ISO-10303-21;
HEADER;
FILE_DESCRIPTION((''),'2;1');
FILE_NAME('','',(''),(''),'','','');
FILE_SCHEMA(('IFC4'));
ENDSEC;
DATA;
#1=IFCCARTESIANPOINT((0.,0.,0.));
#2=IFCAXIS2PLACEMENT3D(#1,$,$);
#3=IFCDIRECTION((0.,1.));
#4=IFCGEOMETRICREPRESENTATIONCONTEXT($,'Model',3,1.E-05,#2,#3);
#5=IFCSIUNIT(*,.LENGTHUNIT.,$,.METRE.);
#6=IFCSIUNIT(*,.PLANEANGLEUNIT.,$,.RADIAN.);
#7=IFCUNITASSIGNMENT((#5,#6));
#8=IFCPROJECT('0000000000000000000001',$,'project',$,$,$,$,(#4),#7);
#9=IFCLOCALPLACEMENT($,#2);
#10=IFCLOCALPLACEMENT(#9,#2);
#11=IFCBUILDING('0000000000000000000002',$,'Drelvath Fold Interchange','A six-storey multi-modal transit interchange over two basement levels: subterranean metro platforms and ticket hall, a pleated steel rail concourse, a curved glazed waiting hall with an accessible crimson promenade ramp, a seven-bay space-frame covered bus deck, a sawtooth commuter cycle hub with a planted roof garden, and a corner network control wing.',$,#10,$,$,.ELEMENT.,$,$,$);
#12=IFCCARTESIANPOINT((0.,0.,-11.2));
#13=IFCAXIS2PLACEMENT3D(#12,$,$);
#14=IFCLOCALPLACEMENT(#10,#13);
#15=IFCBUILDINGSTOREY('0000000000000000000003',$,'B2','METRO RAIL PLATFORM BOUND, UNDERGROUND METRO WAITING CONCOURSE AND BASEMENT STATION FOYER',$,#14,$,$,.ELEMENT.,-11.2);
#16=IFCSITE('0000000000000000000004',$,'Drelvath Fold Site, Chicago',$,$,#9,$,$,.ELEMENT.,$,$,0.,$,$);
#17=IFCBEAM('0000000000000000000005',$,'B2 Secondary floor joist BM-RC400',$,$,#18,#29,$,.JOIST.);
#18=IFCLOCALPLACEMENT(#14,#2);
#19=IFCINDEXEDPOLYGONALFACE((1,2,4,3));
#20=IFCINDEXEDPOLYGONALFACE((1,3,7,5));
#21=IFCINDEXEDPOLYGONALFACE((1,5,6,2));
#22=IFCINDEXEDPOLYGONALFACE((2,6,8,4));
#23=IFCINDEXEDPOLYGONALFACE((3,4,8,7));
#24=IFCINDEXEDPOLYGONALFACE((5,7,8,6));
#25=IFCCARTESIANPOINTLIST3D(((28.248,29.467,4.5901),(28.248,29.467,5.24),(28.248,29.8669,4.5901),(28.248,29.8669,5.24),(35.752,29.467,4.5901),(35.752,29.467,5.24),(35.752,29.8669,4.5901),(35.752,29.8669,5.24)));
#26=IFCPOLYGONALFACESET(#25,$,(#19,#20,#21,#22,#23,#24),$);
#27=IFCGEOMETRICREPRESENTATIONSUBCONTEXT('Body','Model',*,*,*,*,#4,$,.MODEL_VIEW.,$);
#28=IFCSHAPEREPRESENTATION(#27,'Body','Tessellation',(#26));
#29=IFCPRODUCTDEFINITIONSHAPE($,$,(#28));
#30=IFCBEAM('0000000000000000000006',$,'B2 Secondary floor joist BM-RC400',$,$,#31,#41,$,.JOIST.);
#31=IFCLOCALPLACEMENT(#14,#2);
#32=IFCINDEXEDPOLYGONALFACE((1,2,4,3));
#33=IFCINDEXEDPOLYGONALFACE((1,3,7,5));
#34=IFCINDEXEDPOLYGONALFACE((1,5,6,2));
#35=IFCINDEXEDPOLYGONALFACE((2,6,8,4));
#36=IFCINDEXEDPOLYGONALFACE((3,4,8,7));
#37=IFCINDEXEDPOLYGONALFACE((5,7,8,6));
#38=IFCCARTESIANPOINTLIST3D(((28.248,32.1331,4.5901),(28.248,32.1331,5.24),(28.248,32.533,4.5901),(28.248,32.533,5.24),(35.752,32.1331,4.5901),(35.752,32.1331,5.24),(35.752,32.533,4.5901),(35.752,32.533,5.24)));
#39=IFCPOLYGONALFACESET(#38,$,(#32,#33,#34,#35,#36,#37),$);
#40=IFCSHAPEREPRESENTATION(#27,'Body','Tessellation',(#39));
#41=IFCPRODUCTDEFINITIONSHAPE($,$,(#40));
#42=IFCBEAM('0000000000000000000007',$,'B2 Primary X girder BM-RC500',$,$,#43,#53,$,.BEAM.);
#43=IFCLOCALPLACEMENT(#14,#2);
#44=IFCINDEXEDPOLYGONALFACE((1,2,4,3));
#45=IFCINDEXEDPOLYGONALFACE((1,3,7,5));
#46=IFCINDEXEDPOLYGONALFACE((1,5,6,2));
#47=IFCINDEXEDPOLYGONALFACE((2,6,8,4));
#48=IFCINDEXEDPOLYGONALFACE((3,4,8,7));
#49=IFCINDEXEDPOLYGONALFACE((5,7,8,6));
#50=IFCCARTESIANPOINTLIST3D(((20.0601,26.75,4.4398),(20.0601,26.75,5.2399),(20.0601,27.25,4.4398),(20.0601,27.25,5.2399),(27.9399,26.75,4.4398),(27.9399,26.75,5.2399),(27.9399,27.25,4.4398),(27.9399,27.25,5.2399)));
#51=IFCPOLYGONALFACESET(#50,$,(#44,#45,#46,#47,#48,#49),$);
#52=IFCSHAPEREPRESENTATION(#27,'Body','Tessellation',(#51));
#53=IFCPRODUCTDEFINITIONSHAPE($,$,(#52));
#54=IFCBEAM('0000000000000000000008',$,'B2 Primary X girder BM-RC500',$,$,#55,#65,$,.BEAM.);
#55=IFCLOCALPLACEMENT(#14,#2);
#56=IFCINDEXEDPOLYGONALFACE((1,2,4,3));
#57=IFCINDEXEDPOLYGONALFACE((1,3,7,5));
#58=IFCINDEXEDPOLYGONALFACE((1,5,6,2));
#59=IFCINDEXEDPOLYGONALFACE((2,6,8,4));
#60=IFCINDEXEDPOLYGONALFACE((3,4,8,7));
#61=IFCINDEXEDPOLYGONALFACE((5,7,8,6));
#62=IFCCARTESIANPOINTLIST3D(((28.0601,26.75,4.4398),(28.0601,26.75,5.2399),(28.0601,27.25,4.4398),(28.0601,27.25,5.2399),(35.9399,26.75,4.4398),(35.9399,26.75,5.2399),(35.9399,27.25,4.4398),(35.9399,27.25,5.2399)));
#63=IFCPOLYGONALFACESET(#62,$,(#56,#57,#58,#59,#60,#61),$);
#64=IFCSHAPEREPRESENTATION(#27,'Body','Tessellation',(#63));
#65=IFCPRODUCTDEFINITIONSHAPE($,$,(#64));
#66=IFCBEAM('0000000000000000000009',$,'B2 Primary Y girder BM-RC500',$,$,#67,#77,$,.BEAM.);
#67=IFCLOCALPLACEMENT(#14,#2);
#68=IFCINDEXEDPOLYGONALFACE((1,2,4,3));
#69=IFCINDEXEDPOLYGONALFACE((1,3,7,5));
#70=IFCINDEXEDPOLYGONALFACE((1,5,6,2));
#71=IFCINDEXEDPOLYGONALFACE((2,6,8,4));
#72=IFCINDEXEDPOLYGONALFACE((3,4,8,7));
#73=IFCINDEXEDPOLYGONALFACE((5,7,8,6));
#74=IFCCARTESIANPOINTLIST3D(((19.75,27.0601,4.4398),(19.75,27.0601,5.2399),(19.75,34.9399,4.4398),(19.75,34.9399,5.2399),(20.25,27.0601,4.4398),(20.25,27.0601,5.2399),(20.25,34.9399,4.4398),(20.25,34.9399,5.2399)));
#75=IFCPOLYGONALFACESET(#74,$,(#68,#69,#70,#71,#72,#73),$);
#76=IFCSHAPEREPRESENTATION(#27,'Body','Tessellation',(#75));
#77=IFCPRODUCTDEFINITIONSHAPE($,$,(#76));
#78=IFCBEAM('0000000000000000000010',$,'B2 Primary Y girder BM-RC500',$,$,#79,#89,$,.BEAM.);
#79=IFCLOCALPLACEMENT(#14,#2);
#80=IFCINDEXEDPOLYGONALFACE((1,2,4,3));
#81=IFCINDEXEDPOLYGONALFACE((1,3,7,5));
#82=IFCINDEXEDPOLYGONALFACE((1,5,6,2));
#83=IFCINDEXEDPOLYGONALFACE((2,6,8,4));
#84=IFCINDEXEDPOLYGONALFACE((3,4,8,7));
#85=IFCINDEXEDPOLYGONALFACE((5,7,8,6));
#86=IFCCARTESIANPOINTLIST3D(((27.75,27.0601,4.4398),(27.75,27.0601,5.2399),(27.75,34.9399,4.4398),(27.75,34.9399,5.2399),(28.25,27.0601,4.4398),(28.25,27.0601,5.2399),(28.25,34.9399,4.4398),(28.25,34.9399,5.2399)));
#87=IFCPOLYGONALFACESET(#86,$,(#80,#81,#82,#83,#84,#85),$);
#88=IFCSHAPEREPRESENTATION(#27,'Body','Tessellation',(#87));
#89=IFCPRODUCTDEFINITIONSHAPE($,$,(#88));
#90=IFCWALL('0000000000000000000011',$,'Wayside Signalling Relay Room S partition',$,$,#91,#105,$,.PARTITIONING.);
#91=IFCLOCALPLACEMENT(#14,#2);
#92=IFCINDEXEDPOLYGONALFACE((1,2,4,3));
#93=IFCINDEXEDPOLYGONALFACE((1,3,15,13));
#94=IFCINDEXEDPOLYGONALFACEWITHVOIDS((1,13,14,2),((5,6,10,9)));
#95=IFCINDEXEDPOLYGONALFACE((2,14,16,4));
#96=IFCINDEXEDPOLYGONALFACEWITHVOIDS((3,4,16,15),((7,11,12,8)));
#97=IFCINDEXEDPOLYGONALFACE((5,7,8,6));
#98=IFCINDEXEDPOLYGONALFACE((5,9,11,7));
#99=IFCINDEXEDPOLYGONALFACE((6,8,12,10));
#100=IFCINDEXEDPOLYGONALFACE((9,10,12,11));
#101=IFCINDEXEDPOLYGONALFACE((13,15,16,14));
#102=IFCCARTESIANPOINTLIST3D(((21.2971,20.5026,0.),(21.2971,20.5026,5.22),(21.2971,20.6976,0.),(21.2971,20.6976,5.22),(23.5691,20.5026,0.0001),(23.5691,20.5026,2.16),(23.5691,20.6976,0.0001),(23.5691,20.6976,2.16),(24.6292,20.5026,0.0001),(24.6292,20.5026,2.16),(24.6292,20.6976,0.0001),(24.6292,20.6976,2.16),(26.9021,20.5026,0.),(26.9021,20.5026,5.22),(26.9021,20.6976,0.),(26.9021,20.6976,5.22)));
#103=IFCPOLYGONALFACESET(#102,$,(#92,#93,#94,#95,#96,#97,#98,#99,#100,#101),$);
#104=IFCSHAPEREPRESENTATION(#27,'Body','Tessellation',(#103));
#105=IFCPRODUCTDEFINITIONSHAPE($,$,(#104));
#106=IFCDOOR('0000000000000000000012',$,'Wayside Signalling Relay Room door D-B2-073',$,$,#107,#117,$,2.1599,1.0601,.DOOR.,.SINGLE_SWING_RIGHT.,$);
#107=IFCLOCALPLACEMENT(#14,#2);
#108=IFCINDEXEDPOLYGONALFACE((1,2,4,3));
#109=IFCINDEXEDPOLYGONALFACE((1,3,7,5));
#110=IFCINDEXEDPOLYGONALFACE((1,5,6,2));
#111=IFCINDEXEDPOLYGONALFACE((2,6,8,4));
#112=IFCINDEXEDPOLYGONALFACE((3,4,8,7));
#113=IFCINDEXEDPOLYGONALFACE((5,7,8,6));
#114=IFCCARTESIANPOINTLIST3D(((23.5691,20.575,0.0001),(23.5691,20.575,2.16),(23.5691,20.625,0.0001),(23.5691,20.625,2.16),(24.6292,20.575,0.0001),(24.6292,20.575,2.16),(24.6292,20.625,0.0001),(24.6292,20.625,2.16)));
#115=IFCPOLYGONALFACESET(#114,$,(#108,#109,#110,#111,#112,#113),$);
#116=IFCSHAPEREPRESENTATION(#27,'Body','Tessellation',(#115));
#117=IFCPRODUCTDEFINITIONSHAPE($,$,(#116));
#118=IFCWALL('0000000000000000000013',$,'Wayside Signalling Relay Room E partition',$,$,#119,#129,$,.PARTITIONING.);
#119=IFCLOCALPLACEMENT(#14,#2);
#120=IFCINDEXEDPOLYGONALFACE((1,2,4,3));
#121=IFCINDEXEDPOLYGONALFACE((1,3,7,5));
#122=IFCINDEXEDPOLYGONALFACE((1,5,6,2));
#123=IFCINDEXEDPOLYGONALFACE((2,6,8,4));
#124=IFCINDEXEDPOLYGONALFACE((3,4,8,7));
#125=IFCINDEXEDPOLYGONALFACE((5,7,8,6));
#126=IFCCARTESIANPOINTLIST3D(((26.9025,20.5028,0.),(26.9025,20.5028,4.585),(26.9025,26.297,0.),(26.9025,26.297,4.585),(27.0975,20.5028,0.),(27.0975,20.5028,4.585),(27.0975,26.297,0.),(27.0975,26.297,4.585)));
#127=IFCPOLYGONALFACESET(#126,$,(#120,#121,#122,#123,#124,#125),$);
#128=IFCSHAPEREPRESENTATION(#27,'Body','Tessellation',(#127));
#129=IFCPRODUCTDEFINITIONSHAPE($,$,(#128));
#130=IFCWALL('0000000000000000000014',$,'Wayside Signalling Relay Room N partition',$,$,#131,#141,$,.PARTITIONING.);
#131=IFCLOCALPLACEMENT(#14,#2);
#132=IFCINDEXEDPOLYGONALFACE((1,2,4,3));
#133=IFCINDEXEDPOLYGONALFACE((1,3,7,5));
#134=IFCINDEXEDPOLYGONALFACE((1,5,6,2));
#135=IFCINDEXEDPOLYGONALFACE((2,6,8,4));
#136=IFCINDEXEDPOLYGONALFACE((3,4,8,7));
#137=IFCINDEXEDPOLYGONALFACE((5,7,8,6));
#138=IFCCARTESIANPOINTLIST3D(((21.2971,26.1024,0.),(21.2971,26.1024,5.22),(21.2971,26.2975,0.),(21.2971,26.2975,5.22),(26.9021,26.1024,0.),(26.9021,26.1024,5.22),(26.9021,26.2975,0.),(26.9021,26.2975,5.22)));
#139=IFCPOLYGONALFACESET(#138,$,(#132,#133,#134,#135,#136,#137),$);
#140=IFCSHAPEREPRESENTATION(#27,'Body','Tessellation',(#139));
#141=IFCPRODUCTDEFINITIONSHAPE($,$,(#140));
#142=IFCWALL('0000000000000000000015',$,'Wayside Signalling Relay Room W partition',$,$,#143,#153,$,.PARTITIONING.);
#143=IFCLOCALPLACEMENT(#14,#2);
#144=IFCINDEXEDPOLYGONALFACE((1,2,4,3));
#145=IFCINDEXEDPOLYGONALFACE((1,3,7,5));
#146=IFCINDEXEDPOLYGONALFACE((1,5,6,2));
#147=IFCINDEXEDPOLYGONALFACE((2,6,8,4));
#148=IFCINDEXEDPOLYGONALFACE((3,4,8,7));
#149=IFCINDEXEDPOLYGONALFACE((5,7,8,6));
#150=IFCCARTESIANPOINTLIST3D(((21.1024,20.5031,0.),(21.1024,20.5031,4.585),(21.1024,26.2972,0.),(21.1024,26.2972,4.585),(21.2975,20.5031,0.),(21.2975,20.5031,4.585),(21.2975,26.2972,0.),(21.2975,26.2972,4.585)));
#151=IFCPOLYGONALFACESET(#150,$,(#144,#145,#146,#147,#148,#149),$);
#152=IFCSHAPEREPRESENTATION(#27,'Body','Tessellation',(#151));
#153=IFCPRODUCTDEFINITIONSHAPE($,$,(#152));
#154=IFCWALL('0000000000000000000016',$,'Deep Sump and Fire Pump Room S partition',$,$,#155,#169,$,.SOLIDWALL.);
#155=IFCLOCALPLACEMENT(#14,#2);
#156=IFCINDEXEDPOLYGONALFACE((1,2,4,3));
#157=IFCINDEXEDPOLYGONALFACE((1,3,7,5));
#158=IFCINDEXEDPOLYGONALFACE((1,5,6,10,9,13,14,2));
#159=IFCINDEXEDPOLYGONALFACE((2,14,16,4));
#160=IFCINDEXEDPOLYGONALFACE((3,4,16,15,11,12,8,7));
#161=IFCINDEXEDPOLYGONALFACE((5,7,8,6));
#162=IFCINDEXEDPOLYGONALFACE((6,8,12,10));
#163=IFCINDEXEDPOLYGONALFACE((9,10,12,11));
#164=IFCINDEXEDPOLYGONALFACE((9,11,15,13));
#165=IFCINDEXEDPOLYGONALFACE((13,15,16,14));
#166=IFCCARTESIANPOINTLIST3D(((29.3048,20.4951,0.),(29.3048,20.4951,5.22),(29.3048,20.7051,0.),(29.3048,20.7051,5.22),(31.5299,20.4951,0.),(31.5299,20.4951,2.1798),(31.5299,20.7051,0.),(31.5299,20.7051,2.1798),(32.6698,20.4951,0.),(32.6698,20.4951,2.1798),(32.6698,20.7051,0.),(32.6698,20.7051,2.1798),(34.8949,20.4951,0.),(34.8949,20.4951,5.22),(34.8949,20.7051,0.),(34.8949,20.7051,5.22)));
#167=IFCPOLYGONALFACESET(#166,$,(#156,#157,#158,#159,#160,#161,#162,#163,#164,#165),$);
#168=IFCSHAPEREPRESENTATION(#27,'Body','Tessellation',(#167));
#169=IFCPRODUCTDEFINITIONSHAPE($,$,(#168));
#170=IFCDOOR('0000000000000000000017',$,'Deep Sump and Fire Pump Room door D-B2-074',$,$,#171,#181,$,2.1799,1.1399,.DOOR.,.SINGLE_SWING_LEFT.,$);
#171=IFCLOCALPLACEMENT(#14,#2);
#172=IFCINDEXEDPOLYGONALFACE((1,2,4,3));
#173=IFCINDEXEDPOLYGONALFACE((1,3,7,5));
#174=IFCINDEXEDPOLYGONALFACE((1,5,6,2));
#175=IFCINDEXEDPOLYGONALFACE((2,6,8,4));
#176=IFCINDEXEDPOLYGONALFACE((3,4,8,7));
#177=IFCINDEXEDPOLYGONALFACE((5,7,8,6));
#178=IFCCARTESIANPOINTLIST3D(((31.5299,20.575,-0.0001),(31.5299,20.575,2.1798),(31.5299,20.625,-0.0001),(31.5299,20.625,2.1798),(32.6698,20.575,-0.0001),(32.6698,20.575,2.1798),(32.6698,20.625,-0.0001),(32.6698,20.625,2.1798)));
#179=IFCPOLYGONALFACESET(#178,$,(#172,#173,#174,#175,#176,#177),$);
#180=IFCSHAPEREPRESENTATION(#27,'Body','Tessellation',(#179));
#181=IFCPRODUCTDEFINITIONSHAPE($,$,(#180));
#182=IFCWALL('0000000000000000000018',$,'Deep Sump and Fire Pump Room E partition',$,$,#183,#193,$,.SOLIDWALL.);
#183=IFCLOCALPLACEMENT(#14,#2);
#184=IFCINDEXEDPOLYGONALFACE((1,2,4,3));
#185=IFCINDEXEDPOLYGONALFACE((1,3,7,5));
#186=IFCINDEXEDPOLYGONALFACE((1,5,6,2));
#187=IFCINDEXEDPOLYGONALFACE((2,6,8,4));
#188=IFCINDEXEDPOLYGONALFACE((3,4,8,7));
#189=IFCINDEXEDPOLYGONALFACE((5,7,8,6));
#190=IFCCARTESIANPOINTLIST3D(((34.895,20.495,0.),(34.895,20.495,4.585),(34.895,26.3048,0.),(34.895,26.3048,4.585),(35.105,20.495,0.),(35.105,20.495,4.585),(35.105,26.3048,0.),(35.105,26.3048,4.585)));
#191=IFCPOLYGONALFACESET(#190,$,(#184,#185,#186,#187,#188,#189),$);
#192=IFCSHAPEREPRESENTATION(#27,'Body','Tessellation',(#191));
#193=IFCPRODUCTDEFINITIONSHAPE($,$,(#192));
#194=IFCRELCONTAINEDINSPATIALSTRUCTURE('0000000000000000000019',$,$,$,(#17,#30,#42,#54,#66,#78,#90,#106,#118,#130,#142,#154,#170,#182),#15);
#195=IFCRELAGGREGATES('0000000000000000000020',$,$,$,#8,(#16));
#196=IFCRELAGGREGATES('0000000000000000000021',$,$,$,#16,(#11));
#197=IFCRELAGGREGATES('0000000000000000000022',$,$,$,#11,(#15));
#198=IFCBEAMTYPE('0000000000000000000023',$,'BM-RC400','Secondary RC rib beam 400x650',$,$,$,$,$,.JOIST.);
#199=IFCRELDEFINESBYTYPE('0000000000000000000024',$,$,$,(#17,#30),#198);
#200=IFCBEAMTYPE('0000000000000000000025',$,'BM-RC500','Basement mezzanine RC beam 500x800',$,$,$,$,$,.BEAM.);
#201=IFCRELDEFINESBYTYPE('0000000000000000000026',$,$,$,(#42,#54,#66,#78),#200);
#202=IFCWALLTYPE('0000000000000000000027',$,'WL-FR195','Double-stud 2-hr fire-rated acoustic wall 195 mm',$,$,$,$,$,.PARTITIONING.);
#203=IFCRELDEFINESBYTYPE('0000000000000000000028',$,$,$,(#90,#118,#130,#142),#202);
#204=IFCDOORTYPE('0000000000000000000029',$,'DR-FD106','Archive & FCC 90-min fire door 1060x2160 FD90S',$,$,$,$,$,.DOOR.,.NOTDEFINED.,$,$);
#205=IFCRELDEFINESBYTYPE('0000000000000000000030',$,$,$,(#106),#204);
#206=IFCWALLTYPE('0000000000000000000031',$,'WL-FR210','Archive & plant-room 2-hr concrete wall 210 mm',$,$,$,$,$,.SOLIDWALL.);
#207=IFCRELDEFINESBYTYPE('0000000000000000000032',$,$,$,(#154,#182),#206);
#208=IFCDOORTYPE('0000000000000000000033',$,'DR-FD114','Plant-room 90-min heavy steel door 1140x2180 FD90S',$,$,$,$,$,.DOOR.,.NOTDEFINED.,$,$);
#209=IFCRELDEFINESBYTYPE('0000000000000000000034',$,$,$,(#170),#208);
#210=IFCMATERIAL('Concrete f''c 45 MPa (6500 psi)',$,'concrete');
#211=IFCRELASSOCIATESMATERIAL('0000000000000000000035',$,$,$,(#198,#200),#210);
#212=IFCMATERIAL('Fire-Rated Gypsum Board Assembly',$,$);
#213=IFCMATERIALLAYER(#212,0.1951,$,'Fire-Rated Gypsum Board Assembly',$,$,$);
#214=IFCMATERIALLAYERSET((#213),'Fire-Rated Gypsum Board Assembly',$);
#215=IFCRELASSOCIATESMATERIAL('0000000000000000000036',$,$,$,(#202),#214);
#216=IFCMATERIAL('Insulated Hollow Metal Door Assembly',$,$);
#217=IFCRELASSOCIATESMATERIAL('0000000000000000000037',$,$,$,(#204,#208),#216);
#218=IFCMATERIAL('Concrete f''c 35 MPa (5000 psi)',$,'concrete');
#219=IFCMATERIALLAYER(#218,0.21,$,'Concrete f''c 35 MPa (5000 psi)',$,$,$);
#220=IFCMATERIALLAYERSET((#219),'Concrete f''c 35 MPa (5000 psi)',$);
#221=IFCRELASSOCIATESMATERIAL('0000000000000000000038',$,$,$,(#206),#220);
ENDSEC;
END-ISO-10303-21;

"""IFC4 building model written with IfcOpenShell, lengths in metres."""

from ifc_helpers import new_model, si_unit, direction, frame, frame_2d, origin, origin_2d, place, context, subcontext, project, spatial, rectangle, extrude, material, layer, layer_set, material_profile, profile_set, type_object, element, fill, save


model = new_model("IFC4")

# Units and contexts
model_context = context("Model", 3, precision=1e-05, world=origin(), true_north=direction((0.0, 1.0)))
body_context = subcontext(model_context, "Body", "Model", "MODEL_VIEW")
ifc_project = project(units=[si_unit("LENGTHUNIT", "METRE"), si_unit("PLANEANGLEUNIT", "RADIAN")], contexts=[model_context])

# Site, building, storey
site_placement = place(None, origin())
site = spatial("IfcSite", under=ifc_project, at=site_placement, Name="Drelvath Fold Site, Chicago", CompositionType="ELEMENT", RefElevation=0.0)
building_placement = place(site_placement, origin())
building = spatial("IfcBuilding", under=site, at=building_placement, Name="Drelvath Fold Interchange", Description="A six-storey multi-modal transit interchange over two basement levels: subterranean metro platforms and ticket hall, a pleated steel rail concourse, a curved glazed waiting hall with an accessible crimson promenade ramp, a seven-bay space-frame covered bus deck, a sawtooth commuter cycle hub with a planted roof garden, and a corner network control wing.", CompositionType="ELEMENT")
storey_placement = place(building_placement, frame((0.0, 0.0, -11.2)))
storey = spatial("IfcBuildingStorey", under=building, at=storey_placement, Name="B2", Description="METRO RAIL PLATFORM BOUND, UNDERGROUND METRO WAITING CONCOURSE AND BASEMENT STATION FOYER", CompositionType="ELEMENT", Elevation=-11.2)

# Beams
ifc_material_1 = material(Name="Concrete f'c 45 MPa (6500 psi)", Category="concrete")
ifc_material_profile_1 = material_profile(ifc_material_1, rectangle(XDim=0.3999, YDim=0.6499, at=origin_2d()), Name="RC 400x650")
ifc_profile_set_1 = profile_set([ifc_material_profile_1], Name="Concrete f'c 45 MPa (6500 psi)")
beam_type_1 = type_object("IfcBeamType", Name="BM-RC400", Description="Secondary RC rib beam 400x650", PredefinedType="JOIST", material=ifc_profile_set_1)
for number, where, z_axis, x_axis, name in (
    (1, (28.248, 29.667, 4.915), (1.0, 0.0, 0.0), (0.0, 1.0, 0.0), "B2 Secondary floor joist BM-RC400"),
    (2, (28.248, 32.333, 4.915), (1.0, 0.0, 0.0), (0.0, 1.0, 0.0), "B2 Secondary floor joist BM-RC400"),
):
    element("IfcBeam", number, at=place(storey_placement, frame(where, z_axis=z_axis, x_axis=x_axis)), inside=storey, type_object=beam_type_1, Name=name, PredefinedType="JOIST", context=body_context, shape_type="SweptSolid", body=[
        extrude(rectangle(XDim=0.3999, YDim=0.6499, at=origin_2d()), origin(), (0.0, 0.0, 1.0), 7.5039),
    ])
ifc_material_profile_2 = material_profile(ifc_material_1, rectangle(XDim=0.5, YDim=0.8, at=origin_2d()), Name="RC 500x800")
ifc_profile_set_2 = profile_set([ifc_material_profile_2], Name="Concrete f'c 45 MPa (6500 psi)")
beam_type_2 = type_object("IfcBeamType", Name="BM-RC500", Description="Basement mezzanine RC beam 500x800", PredefinedType="BEAM", material=ifc_profile_set_2)
for number, where, z_axis, x_axis, name in (
    (3, (20.0601, 27.0, 4.8398), (1.0, 0.0, 0.0), (0.0, 1.0, 0.0), "B2 Primary X girder BM-RC500"),
    (4, (28.0601, 27.0, 4.8398), (1.0, 0.0, 0.0), (0.0, 1.0, 0.0), "B2 Primary X girder BM-RC500"),
    (5, (20.0, 27.0601, 4.8398), (0.0, 1.0, 0.0), (-1.0, 0.0, 0.0), "B2 Primary Y girder BM-RC500"),
    (6, (28.0, 27.0601, 4.8398), (0.0, 1.0, 0.0), (-1.0, 0.0, 0.0), "B2 Primary Y girder BM-RC500"),
):
    element("IfcBeam", number, at=place(storey_placement, frame(where, z_axis=z_axis, x_axis=x_axis)), inside=storey, type_object=beam_type_2, Name=name, PredefinedType="BEAM", context=body_context, shape_type="SweptSolid", body=[
        extrude(rectangle(XDim=0.5, YDim=0.8, at=origin_2d()), origin(), (0.0, 0.0, 1.0), 7.8799),
    ])

# Wall, opening, door
ifc_material_2 = material(Name="Fire-Rated Gypsum Board Assembly")
ifc_layer_1 = layer(ifc_material_2, 0.1951, Name="Fire-Rated Gypsum Board Assembly")
ifc_layer_set_1 = layer_set([ifc_layer_1], Name="Fire-Rated Gypsum Board Assembly")
wall_type_1 = type_object("IfcWallType", Name="WL-FR195", Description="Double-stud 2-hr fire-rated acoustic wall 195 mm", PredefinedType="PARTITIONING", material=ifc_layer_set_1)
wall_1_placement = place(storey_placement, frame((21.2971, 20.6001, 0.0), z_axis=(0.0, 0.0, 1.0), x_axis=(1.0, 0.0, 0.0)))
wall_1 = element("IfcWall", 7, at=wall_1_placement, inside=storey, type_object=wall_type_1, Name="Wayside Signalling Relay Room S partition", PredefinedType="PARTITIONING", context=body_context, shape_type="SweptSolid", body=[
    extrude(rectangle(XDim=5.605, YDim=0.1951, at=frame_2d((2.8025, 0.0))), origin(), (0.0, 0.0, 1.0), 5.22),
])
opening_1_placement = place(wall_1_placement, frame((2.272, 0.0, 0.0)))
opening_1 = element("IfcOpeningElement", 8, at=opening_1_placement, cuts=wall_1, PredefinedType="OPENING", context=body_context, shape_type="SweptSolid", body=[
    extrude(rectangle(XDim=1.0601, YDim=2.1599, at=frame_2d((0.53, 1.0801))), frame((0.0, 0.1074, 0.0), z_axis=(0.0, -1.0, 0.0), x_axis=(1.0, 0.0, 0.0)), (0.0, 0.0, 1.0), 0.2151),
])
ifc_material_3 = material(Name="Insulated Hollow Metal Door Assembly")
door_type_1 = type_object("IfcDoorType", Name="DR-FD106", Description="Archive & FCC 90-min fire door 1060x2160 FD90S", OperationType="NOTDEFINED", PredefinedType="DOOR", material=ifc_material_3)
door_1_placement = place(opening_1_placement, origin())
door_1 = element("IfcDoor", 9, at=door_1_placement, inside=storey, type_object=door_type_1, Name="Wayside Signalling Relay Room door D-B2-073", OperationType="SINGLE_SWING_RIGHT", OverallHeight=2.1599, OverallWidth=1.0601, PredefinedType="DOOR", context=body_context, shape_type="SweptSolid", body=[
    extrude(rectangle(XDim=1.0601, YDim=2.1599, at=frame_2d((0.53, 1.0801))), frame((0.0, 0.0249, 0.0), z_axis=(0.0, -1.0, 0.0), x_axis=(1.0, 0.0, 0.0)), (0.0, 0.0, 1.0), 0.05),
])
fill(opening_1, door_1)

# Walls
wall_2_placement = place(storey_placement, frame((27.0, 20.5029, 0.0), z_axis=(0.0, 0.0, 1.0), x_axis=(0.0, 1.0, 0.0)))
element("IfcWall", 10, at=wall_2_placement, inside=storey, type_object=wall_type_1, Name="Wayside Signalling Relay Room E partition", PredefinedType="PARTITIONING", context=body_context, shape_type="SweptSolid", body=[
    extrude(rectangle(XDim=5.7942, YDim=0.1951, at=frame_2d((2.897, 0.0))), origin(), (0.0, 0.0, 1.0), 4.585),
])
wall_3_placement = place(storey_placement, frame((26.9021, 26.2, 0.0), z_axis=(0.0, 0.0, 1.0), x_axis=(-1.0, 0.0, 0.0)))
element("IfcWall", 11, at=wall_3_placement, inside=storey, type_object=wall_type_1, Name="Wayside Signalling Relay Room N partition", PredefinedType="PARTITIONING", context=body_context, shape_type="SweptSolid", body=[
    extrude(rectangle(XDim=5.605, YDim=0.1951, at=frame_2d((2.8025, 0.0))), origin(), (0.0, 0.0, 1.0), 5.22),
])
wall_4_placement = place(storey_placement, frame((21.2, 26.2971, 0.0), z_axis=(0.0, 0.0, 1.0), x_axis=(0.0, -1.0, 0.0)))
element("IfcWall", 12, at=wall_4_placement, inside=storey, type_object=wall_type_1, Name="Wayside Signalling Relay Room W partition", PredefinedType="PARTITIONING", context=body_context, shape_type="SweptSolid", body=[
    extrude(rectangle(XDim=5.7942, YDim=0.1951, at=frame_2d((2.897, 0.0))), origin(), (0.0, 0.0, 1.0), 4.585),
])

# Wall, opening, door
ifc_material_4 = material(Name="Concrete f'c 35 MPa (5000 psi)", Category="concrete")
ifc_layer_2 = layer(ifc_material_4, 0.21, Name="Concrete f'c 35 MPa (5000 psi)")
ifc_layer_set_2 = layer_set([ifc_layer_2], Name="Concrete f'c 35 MPa (5000 psi)")
wall_type_2 = type_object("IfcWallType", Name="WL-FR210", Description="Archive & plant-room 2-hr concrete wall 210 mm", PredefinedType="SOLIDWALL", material=ifc_layer_set_2)
wall_5_placement = place(storey_placement, frame((29.3049, 20.6001, 0.0), z_axis=(0.0, 0.0, 1.0), x_axis=(1.0, 0.0, 0.0)))
wall_5 = element("IfcWall", 13, at=wall_5_placement, inside=storey, type_object=wall_type_2, Name="Deep Sump and Fire Pump Room S partition", PredefinedType="SOLIDWALL", context=body_context, shape_type="SweptSolid", body=[
    extrude(rectangle(XDim=5.5901, YDim=0.21, at=frame_2d((2.7949, 0.0))), origin(), (0.0, 0.0, 1.0), 5.22),
])
opening_2_placement = place(wall_5_placement, frame((2.2251, 0.0, 0.0)))
opening_2 = element("IfcOpeningElement", 14, at=opening_2_placement, cuts=wall_5, PredefinedType="OPENING", context=body_context, shape_type="SweptSolid", body=[
    extrude(rectangle(XDim=1.1399, YDim=2.1799, at=frame_2d((0.5698, 1.0898))), frame((0.0, 0.115, 0.0), z_axis=(0.0, -1.0, 0.0), x_axis=(1.0, 0.0, 0.0)), (0.0, 0.0, 1.0), 0.23),
])
door_type_2 = type_object("IfcDoorType", Name="DR-FD114", Description="Plant-room 90-min heavy steel door 1140x2180 FD90S", OperationType="NOTDEFINED", PredefinedType="DOOR", material=ifc_material_3)
door_2_placement = place(opening_2_placement, origin())
door_2 = element("IfcDoor", 15, at=door_2_placement, inside=storey, type_object=door_type_2, Name="Deep Sump and Fire Pump Room door D-B2-074", OperationType="SINGLE_SWING_LEFT", OverallHeight=2.1799, OverallWidth=1.1399, PredefinedType="DOOR", context=body_context, shape_type="SweptSolid", body=[
    extrude(rectangle(XDim=1.1399, YDim=2.1799, at=frame_2d((0.5698, 1.0898))), frame((0.0, 0.0249, 0.0), z_axis=(0.0, -1.0, 0.0), x_axis=(1.0, 0.0, 0.0)), (0.0, 0.0, 1.0), 0.05),
])
fill(opening_2, door_2)

# Wall
wall_6_placement = place(storey_placement, frame((35.0, 20.4951, 0.0), z_axis=(0.0, 0.0, 1.0), x_axis=(0.0, 1.0, 0.0)))
element("IfcWall", 16, at=wall_6_placement, inside=storey, type_object=wall_type_2, Name="Deep Sump and Fire Pump Room E partition", PredefinedType="SOLIDWALL", context=body_context, shape_type="SweptSolid", body=[
    extrude(rectangle(XDim=5.8098, YDim=0.21, at=frame_2d((2.9048, 0.0))), origin(), (0.0, 0.0, 1.0), 4.585),
])

save(model, "model.ifc")
